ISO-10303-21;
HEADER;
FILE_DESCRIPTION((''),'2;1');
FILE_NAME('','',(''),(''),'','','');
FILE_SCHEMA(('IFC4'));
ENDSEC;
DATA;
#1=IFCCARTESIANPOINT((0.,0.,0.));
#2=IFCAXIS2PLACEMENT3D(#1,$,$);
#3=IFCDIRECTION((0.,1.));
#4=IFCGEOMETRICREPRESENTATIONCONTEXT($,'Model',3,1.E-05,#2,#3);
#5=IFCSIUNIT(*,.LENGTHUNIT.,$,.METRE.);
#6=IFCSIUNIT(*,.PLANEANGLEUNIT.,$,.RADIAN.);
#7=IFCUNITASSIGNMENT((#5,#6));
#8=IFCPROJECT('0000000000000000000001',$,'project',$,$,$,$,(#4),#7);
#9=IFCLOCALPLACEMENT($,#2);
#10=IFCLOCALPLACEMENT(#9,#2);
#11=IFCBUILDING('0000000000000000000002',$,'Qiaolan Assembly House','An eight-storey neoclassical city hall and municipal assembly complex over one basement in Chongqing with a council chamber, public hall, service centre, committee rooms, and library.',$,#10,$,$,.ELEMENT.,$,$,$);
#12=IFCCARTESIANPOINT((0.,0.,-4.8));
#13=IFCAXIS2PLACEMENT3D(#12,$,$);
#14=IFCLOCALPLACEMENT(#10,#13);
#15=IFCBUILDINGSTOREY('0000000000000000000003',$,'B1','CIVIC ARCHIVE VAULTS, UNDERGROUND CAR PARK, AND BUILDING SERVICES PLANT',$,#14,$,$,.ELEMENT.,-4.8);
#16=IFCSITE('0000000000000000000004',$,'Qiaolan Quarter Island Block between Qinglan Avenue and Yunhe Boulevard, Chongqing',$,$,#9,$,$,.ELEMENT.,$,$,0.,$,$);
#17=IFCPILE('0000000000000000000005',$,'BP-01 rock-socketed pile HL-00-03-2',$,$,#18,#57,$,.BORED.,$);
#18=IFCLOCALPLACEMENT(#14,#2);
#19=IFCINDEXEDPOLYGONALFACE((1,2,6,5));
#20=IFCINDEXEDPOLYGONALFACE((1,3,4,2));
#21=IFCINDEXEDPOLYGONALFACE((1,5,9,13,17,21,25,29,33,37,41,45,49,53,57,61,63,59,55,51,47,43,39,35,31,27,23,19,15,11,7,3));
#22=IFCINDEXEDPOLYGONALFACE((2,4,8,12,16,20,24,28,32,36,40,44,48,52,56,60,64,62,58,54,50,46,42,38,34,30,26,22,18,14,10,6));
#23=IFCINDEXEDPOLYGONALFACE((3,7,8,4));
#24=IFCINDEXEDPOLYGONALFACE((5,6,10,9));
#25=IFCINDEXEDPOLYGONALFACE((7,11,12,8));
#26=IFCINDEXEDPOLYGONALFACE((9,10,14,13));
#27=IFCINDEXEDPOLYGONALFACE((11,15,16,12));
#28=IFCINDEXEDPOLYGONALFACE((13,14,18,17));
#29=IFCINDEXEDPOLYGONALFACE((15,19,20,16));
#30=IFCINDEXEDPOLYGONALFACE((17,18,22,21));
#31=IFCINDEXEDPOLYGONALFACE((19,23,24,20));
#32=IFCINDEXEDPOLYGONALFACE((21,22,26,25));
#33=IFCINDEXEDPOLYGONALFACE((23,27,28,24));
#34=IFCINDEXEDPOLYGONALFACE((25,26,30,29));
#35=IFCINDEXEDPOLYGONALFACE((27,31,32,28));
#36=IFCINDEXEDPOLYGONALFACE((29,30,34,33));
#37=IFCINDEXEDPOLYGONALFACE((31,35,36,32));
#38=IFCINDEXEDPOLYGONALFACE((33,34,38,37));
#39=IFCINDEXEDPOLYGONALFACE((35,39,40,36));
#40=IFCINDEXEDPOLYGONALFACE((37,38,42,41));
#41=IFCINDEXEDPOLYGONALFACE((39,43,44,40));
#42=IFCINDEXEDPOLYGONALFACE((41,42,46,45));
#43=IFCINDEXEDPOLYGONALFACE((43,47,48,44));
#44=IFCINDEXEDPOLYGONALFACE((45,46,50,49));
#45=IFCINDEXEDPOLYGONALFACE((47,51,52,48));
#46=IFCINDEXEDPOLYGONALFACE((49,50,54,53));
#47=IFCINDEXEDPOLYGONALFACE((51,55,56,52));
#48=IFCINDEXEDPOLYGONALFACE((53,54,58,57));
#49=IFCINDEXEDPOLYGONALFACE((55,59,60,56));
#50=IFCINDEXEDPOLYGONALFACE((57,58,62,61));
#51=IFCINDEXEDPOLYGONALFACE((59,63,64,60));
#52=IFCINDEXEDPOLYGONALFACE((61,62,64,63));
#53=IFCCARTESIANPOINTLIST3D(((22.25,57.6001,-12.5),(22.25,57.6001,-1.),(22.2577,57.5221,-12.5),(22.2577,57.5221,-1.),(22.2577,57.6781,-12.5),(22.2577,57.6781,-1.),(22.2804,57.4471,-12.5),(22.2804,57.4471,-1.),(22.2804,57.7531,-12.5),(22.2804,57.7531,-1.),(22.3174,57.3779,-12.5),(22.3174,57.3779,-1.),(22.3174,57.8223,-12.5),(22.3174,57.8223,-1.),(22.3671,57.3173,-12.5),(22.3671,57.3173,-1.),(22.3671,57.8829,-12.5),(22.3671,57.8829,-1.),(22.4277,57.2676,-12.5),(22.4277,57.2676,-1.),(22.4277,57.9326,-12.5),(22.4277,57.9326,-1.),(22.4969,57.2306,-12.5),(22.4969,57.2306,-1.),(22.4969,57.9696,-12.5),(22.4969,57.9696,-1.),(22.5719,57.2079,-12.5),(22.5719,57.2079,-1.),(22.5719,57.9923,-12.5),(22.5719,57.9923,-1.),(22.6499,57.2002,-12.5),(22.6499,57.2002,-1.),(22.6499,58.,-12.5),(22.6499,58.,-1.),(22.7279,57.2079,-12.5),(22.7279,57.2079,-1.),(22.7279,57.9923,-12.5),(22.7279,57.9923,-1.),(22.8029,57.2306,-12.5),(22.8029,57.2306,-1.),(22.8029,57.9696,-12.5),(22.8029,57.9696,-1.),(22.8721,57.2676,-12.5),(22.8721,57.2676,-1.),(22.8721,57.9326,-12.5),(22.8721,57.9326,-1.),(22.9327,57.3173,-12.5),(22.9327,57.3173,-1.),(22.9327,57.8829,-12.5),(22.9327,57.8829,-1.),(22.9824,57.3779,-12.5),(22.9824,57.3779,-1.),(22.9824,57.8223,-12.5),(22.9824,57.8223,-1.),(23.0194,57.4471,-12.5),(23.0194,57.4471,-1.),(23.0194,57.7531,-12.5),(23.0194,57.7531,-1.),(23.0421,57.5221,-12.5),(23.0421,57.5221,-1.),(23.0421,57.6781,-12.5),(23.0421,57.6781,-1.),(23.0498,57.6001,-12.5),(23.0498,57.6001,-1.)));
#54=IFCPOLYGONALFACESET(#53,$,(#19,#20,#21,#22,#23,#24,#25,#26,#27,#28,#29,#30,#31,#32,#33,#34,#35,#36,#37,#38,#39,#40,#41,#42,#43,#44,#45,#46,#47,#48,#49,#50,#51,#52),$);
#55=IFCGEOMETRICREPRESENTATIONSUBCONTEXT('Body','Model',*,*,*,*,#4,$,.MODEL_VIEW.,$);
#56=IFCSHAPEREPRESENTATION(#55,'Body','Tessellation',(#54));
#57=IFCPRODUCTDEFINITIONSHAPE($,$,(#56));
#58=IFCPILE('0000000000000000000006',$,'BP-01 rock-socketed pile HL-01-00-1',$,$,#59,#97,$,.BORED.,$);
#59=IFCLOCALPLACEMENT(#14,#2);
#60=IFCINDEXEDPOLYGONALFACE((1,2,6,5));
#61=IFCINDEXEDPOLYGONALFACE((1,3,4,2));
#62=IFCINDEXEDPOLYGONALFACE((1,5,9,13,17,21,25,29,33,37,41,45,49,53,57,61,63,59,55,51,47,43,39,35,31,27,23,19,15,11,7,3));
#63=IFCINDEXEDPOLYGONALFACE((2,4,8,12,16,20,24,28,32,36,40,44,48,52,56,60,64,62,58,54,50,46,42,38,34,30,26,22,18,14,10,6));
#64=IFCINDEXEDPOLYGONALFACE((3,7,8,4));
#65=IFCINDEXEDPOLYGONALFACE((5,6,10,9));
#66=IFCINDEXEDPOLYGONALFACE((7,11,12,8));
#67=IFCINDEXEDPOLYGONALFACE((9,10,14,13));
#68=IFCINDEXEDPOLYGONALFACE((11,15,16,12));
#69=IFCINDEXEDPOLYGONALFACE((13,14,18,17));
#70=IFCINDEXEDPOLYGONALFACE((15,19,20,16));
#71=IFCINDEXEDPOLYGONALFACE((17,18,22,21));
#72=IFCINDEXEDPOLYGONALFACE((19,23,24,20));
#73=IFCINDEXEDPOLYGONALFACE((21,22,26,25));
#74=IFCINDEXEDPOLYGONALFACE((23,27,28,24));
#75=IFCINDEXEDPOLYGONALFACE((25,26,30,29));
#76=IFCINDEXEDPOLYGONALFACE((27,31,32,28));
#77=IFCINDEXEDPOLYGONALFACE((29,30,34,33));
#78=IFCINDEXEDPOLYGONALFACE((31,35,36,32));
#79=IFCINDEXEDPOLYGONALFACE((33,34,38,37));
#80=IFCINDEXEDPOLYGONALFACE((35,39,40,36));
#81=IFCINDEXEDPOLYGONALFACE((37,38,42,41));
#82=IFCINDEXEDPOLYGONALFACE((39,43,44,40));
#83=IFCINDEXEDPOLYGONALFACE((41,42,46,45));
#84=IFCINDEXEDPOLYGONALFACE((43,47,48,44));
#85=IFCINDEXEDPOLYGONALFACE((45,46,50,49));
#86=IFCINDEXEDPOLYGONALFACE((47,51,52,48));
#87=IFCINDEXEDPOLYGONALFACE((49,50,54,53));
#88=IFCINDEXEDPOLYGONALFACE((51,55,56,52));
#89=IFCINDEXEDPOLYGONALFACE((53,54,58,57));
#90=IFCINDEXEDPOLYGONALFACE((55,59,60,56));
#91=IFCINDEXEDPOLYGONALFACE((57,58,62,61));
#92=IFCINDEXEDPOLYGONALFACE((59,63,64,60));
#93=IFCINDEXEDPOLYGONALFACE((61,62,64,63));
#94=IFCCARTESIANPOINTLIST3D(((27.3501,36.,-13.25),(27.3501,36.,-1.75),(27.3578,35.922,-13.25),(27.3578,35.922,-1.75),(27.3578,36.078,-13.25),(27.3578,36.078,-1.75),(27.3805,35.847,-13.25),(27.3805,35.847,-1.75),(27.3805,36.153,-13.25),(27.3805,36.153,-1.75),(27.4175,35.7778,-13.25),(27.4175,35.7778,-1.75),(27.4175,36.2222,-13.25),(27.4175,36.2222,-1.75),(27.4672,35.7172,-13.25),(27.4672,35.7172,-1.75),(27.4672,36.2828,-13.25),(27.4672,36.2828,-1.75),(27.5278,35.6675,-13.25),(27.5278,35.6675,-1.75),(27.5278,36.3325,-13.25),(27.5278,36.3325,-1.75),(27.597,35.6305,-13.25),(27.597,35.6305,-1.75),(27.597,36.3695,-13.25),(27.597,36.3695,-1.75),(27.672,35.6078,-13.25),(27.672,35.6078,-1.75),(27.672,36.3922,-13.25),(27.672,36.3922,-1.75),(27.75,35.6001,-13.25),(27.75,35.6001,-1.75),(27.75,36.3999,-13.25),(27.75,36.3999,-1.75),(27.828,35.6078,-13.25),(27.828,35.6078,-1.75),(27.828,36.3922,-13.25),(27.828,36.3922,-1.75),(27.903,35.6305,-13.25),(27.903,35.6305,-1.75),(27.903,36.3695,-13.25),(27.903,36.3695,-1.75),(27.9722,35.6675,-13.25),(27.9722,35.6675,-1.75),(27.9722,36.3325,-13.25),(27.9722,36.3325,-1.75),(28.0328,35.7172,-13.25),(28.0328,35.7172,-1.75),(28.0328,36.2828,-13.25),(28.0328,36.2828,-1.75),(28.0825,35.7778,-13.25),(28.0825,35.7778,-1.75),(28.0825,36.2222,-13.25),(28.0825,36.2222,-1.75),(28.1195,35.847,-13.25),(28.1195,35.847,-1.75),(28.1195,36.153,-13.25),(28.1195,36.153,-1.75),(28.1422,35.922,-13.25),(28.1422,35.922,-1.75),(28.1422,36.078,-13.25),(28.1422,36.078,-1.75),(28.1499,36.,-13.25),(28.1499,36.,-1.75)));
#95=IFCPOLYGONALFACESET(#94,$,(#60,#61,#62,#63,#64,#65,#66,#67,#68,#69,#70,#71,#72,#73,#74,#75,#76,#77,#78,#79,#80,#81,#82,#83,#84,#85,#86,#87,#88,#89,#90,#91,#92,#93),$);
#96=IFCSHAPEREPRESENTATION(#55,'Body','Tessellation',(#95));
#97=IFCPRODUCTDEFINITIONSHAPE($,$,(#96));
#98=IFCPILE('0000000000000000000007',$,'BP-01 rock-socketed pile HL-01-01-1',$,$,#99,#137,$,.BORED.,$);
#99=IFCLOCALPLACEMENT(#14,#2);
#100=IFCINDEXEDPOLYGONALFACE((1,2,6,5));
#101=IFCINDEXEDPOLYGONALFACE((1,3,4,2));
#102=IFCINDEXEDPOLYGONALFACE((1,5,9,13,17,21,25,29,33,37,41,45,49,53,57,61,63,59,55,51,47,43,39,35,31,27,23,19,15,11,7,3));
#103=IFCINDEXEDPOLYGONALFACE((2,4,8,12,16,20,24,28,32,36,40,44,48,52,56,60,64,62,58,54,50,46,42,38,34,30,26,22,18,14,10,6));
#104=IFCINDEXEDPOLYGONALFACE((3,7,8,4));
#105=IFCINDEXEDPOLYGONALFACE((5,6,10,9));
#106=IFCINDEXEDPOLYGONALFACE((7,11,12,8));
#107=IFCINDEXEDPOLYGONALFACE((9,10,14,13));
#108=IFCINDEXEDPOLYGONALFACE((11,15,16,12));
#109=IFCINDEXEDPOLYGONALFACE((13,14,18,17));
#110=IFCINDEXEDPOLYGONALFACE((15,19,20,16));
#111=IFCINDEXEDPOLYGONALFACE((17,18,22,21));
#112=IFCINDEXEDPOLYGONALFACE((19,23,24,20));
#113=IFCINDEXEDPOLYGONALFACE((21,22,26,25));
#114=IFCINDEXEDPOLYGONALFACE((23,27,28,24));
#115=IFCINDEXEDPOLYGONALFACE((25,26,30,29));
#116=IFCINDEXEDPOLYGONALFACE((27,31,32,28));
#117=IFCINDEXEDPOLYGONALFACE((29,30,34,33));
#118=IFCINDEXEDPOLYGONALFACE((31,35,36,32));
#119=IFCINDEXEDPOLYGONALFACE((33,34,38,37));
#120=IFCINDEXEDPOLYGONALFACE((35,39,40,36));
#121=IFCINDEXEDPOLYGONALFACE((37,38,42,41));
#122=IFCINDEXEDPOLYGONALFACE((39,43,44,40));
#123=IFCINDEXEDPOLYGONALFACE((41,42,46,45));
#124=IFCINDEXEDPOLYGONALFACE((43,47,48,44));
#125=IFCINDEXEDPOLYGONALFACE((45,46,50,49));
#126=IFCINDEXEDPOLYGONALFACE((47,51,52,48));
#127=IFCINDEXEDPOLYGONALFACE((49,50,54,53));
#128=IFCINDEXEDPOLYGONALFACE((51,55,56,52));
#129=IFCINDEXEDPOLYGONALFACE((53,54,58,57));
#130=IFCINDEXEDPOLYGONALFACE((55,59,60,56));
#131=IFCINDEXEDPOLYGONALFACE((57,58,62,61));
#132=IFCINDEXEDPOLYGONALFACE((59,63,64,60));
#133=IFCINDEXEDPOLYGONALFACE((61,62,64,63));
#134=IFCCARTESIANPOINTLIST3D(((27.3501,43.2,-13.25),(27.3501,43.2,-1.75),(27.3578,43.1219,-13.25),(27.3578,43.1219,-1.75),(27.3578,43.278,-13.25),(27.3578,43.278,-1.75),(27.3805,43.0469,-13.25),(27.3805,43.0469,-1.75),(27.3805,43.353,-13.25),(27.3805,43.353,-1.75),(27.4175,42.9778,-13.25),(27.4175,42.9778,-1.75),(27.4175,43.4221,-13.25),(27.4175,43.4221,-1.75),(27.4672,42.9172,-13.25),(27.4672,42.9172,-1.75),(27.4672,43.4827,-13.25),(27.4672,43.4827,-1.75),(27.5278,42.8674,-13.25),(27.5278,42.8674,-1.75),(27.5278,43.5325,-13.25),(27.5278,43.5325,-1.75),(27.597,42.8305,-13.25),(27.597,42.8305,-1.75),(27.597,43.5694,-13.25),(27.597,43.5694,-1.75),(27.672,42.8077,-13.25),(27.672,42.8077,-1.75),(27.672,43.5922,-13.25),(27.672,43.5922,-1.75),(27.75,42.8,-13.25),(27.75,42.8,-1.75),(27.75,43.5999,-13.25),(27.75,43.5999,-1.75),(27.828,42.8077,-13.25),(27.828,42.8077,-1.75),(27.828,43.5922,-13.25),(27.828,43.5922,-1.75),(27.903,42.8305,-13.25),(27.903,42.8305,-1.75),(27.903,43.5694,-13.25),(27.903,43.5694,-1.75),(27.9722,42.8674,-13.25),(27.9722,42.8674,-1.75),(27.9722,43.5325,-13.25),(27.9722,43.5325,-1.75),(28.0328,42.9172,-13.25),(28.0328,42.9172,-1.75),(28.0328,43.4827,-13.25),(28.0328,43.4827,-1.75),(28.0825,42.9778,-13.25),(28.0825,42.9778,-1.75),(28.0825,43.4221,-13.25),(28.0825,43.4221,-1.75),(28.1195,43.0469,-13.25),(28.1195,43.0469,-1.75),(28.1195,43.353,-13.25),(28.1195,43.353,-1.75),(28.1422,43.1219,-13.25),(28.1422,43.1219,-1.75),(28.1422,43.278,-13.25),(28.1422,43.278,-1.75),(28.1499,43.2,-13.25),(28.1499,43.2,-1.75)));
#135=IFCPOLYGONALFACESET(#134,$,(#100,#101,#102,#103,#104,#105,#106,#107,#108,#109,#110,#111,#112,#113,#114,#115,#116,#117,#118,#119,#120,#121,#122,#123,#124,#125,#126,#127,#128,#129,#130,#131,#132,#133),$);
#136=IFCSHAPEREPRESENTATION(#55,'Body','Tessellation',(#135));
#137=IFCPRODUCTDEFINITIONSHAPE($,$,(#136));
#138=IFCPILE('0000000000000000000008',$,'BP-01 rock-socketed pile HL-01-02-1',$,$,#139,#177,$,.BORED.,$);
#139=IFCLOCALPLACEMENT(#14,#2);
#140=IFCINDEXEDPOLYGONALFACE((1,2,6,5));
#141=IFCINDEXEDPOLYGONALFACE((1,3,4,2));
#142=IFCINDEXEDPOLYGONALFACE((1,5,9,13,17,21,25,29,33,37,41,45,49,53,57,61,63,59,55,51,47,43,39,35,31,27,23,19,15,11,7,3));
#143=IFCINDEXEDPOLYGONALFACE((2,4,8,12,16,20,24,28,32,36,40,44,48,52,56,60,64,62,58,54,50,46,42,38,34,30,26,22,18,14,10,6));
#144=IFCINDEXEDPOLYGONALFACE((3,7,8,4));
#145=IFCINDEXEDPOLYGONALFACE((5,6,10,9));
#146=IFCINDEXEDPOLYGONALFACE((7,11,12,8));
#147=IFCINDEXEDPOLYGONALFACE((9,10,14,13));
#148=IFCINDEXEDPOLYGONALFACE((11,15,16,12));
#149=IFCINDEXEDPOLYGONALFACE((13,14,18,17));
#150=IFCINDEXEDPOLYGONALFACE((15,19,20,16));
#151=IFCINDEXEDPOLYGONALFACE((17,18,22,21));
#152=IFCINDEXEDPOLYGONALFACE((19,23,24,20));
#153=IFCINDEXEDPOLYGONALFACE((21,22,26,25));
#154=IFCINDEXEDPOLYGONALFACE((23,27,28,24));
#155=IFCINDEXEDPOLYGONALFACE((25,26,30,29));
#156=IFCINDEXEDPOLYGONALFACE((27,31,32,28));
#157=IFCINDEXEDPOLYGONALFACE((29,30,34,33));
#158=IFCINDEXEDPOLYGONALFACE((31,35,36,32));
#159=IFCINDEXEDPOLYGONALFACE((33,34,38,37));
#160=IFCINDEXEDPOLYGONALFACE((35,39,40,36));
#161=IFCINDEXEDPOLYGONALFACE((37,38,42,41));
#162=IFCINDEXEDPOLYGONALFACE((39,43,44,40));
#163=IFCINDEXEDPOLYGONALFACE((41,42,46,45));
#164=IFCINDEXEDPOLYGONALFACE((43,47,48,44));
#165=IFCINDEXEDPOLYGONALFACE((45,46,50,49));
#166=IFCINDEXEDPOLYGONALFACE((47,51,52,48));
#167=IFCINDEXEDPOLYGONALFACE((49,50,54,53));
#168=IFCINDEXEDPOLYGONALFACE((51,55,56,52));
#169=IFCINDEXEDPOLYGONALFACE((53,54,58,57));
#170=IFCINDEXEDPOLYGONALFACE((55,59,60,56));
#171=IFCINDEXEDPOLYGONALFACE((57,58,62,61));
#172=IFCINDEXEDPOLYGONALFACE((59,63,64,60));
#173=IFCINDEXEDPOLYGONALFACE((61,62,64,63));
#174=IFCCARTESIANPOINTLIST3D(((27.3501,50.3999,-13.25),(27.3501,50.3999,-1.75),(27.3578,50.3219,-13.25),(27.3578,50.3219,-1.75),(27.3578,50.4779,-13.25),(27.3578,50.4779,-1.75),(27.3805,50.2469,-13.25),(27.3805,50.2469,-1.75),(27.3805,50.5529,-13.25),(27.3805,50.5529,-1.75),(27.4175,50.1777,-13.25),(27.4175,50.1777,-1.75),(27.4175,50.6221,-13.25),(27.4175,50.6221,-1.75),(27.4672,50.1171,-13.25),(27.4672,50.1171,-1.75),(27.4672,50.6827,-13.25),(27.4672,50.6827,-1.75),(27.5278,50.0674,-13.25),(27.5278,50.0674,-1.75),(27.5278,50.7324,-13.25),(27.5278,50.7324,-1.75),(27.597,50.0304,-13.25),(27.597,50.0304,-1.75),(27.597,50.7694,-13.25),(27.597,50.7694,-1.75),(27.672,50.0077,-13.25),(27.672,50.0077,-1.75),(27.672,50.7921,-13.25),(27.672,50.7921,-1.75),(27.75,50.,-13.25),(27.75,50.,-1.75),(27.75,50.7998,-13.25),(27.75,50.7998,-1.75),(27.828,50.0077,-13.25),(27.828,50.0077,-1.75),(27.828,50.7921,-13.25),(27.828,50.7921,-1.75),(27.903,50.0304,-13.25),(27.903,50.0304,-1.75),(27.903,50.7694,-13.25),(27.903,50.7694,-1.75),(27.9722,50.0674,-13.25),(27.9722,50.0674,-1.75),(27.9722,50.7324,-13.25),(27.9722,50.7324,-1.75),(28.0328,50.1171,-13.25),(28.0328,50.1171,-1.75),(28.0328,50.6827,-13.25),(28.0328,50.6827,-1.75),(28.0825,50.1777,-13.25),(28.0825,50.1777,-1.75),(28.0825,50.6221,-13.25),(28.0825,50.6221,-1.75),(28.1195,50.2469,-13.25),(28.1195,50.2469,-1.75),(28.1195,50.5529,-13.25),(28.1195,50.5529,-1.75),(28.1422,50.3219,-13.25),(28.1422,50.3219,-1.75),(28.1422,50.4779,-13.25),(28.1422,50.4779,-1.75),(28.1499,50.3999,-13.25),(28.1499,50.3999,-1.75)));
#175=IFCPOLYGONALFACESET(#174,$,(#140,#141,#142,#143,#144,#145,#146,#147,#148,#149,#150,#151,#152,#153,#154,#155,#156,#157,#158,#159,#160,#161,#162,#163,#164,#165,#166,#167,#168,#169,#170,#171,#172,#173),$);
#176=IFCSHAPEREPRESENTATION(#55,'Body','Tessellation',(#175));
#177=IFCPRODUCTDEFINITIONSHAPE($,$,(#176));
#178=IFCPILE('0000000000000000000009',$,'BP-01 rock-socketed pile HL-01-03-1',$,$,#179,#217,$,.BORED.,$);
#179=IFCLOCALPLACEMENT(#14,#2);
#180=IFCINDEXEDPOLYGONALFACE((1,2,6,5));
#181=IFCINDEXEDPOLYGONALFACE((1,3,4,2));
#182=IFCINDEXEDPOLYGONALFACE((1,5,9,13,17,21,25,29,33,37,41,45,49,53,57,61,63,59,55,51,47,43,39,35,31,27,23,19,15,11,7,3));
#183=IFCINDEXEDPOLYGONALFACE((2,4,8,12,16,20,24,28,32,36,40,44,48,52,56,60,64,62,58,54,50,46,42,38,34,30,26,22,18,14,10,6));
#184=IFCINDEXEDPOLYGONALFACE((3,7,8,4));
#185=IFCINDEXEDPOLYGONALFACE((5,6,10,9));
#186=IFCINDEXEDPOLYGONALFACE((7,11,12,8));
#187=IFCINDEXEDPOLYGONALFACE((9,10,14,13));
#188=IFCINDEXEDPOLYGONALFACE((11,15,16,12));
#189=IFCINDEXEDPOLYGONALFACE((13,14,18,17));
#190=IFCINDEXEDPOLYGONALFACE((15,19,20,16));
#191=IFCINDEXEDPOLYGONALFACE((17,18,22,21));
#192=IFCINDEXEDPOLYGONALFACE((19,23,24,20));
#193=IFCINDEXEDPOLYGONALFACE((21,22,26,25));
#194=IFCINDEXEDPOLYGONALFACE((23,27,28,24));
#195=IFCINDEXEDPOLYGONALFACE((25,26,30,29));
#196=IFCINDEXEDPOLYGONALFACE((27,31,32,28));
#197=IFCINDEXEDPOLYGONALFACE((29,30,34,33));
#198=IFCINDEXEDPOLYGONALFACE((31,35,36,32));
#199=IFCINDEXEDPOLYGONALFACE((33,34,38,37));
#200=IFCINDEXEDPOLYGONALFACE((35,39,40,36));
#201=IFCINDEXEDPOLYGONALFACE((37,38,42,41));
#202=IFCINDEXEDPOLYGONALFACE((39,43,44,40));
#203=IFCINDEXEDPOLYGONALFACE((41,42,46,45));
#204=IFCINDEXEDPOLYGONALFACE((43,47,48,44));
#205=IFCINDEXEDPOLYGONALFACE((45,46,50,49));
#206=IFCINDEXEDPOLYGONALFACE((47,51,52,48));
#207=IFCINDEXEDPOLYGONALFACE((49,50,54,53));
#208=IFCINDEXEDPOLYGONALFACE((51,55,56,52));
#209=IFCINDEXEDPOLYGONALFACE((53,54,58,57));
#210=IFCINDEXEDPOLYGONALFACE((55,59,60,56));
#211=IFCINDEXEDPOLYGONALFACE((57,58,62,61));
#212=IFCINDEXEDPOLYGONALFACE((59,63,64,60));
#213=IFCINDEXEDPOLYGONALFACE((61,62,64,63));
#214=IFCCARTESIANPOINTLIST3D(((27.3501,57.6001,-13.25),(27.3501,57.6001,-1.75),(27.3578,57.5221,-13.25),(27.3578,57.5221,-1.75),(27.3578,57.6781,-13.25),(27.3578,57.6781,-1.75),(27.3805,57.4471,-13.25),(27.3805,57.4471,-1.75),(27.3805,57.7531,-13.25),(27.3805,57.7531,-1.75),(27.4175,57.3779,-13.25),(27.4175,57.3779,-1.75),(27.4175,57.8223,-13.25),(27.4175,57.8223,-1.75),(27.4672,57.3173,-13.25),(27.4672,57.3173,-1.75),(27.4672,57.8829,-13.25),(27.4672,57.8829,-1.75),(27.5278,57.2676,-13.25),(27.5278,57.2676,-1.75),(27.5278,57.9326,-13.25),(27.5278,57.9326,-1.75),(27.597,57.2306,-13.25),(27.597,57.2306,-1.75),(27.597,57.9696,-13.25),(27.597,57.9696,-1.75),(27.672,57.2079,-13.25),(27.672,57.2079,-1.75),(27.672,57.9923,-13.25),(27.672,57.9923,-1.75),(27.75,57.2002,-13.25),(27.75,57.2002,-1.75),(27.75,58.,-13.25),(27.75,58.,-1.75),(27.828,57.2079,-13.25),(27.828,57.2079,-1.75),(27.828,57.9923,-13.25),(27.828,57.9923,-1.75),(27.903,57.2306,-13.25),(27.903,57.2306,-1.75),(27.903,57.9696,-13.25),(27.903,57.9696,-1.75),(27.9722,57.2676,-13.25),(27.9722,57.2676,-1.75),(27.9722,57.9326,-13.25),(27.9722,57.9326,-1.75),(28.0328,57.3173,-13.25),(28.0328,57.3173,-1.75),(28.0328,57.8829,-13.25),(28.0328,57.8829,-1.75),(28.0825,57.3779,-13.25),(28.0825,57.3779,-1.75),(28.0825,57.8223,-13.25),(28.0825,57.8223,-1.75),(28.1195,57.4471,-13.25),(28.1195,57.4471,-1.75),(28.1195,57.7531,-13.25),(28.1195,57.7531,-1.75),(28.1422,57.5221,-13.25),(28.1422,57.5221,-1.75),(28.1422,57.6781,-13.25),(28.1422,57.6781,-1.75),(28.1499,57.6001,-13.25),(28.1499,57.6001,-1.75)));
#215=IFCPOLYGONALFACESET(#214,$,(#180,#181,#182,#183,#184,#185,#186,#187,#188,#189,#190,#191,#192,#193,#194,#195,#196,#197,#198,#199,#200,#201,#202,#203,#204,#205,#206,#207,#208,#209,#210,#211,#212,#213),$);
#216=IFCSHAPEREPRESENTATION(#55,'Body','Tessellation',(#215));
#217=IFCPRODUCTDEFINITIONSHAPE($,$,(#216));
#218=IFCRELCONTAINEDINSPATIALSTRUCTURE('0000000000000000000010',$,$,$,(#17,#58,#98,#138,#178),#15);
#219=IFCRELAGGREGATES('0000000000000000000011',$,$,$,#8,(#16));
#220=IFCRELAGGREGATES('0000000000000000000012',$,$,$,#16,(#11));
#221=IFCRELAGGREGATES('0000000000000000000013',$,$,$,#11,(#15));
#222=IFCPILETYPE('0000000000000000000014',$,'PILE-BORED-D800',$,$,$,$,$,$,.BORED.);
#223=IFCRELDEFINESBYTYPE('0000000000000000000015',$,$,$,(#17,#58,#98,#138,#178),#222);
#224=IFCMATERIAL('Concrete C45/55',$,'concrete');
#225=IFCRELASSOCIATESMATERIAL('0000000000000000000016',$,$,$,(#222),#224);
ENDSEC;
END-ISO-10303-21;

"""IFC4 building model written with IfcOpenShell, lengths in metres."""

from ifc_helpers import new_model, si_unit, direction, frame, origin, origin_2d, place, context, subcontext, project, spatial, circle, extrude, material, material_profile, profile_set, type_object, element, save


model = new_model("IFC4")

# Units and contexts
model_context = context("Model", 3, precision=1e-05, world=origin(), true_north=direction((0.0, 1.0)))
body_context = subcontext(model_context, "Body", "Model", "MODEL_VIEW")
ifc_project = project(units=[si_unit("LENGTHUNIT", "METRE"), si_unit("PLANEANGLEUNIT", "RADIAN")], contexts=[model_context])

# Site, building, storey
site_placement = place(None, origin())
site = spatial("IfcSite", under=ifc_project, at=site_placement, Name="Qiaolan Quarter Island Block between Qinglan Avenue and Yunhe Boulevard, Chongqing", CompositionType="ELEMENT", RefElevation=0.0)
building_placement = place(site_placement, origin())
building = spatial("IfcBuilding", under=site, at=building_placement, Name="Qiaolan Assembly House", Description="An eight-storey neoclassical city hall and municipal assembly complex over one basement in Chongqing with a council chamber, public hall, service centre, committee rooms, and library.", CompositionType="ELEMENT")
storey_placement = place(building_placement, frame((0.0, 0.0, -4.8)))
storey = spatial("IfcBuildingStorey", under=building, at=storey_placement, Name="B1", Description="CIVIC ARCHIVE VAULTS, UNDERGROUND CAR PARK, AND BUILDING SERVICES PLANT", CompositionType="ELEMENT", Elevation=-4.8)

# Piles
ifc_material_1 = material(Name="Concrete C45/55", Category="concrete")
ifc_material_profile_1 = material_profile(ifc_material_1, circle(Radius=0.3999, at=origin_2d()), Name="PILE D800")
ifc_profile_set_1 = profile_set([ifc_material_profile_1], Name="Concrete C45/55")
pile_type = type_object("IfcPileType", Name="PILE-BORED-D800", PredefinedType="BORED", material=ifc_profile_set_1)
for number, where, z_axis, x_axis, name in (
    (1, (22.6499, 57.6001, -1.0), (0.0, 0.0, -1.0), (1.0, 0.0, 0.0), "BP-01 rock-socketed pile HL-00-03-2"),
    (2, (27.75, 36.0, -1.75), (0.0, 0.0, -1.0), (1.0, 0.0, 0.0), "BP-01 rock-socketed pile HL-01-00-1"),
    (3, (27.75, 43.2, -1.75), (0.0, 0.0, -1.0), (1.0, 0.0, 0.0), "BP-01 rock-socketed pile HL-01-01-1"),
    (4, (27.75, 50.3999, -1.75), (0.0, 0.0, -1.0), (1.0, 0.0, 0.0), "BP-01 rock-socketed pile HL-01-02-1"),
    (5, (27.75, 57.6001, -1.75), (0.0, 0.0, -1.0), (1.0, 0.0, 0.0), "BP-01 rock-socketed pile HL-01-03-1"),
):
    element("IfcPile", number, at=place(storey_placement, frame(where, z_axis=z_axis, x_axis=x_axis)), inside=storey, type_object=pile_type, Name=name, PredefinedType="BORED", context=body_context, shape_type="SweptSolid", body=[
        extrude(circle(Radius=0.3999, at=origin_2d()), origin(), (0.0, 0.0, 1.0), 11.5),
    ])

save(model, "model.ifc")
